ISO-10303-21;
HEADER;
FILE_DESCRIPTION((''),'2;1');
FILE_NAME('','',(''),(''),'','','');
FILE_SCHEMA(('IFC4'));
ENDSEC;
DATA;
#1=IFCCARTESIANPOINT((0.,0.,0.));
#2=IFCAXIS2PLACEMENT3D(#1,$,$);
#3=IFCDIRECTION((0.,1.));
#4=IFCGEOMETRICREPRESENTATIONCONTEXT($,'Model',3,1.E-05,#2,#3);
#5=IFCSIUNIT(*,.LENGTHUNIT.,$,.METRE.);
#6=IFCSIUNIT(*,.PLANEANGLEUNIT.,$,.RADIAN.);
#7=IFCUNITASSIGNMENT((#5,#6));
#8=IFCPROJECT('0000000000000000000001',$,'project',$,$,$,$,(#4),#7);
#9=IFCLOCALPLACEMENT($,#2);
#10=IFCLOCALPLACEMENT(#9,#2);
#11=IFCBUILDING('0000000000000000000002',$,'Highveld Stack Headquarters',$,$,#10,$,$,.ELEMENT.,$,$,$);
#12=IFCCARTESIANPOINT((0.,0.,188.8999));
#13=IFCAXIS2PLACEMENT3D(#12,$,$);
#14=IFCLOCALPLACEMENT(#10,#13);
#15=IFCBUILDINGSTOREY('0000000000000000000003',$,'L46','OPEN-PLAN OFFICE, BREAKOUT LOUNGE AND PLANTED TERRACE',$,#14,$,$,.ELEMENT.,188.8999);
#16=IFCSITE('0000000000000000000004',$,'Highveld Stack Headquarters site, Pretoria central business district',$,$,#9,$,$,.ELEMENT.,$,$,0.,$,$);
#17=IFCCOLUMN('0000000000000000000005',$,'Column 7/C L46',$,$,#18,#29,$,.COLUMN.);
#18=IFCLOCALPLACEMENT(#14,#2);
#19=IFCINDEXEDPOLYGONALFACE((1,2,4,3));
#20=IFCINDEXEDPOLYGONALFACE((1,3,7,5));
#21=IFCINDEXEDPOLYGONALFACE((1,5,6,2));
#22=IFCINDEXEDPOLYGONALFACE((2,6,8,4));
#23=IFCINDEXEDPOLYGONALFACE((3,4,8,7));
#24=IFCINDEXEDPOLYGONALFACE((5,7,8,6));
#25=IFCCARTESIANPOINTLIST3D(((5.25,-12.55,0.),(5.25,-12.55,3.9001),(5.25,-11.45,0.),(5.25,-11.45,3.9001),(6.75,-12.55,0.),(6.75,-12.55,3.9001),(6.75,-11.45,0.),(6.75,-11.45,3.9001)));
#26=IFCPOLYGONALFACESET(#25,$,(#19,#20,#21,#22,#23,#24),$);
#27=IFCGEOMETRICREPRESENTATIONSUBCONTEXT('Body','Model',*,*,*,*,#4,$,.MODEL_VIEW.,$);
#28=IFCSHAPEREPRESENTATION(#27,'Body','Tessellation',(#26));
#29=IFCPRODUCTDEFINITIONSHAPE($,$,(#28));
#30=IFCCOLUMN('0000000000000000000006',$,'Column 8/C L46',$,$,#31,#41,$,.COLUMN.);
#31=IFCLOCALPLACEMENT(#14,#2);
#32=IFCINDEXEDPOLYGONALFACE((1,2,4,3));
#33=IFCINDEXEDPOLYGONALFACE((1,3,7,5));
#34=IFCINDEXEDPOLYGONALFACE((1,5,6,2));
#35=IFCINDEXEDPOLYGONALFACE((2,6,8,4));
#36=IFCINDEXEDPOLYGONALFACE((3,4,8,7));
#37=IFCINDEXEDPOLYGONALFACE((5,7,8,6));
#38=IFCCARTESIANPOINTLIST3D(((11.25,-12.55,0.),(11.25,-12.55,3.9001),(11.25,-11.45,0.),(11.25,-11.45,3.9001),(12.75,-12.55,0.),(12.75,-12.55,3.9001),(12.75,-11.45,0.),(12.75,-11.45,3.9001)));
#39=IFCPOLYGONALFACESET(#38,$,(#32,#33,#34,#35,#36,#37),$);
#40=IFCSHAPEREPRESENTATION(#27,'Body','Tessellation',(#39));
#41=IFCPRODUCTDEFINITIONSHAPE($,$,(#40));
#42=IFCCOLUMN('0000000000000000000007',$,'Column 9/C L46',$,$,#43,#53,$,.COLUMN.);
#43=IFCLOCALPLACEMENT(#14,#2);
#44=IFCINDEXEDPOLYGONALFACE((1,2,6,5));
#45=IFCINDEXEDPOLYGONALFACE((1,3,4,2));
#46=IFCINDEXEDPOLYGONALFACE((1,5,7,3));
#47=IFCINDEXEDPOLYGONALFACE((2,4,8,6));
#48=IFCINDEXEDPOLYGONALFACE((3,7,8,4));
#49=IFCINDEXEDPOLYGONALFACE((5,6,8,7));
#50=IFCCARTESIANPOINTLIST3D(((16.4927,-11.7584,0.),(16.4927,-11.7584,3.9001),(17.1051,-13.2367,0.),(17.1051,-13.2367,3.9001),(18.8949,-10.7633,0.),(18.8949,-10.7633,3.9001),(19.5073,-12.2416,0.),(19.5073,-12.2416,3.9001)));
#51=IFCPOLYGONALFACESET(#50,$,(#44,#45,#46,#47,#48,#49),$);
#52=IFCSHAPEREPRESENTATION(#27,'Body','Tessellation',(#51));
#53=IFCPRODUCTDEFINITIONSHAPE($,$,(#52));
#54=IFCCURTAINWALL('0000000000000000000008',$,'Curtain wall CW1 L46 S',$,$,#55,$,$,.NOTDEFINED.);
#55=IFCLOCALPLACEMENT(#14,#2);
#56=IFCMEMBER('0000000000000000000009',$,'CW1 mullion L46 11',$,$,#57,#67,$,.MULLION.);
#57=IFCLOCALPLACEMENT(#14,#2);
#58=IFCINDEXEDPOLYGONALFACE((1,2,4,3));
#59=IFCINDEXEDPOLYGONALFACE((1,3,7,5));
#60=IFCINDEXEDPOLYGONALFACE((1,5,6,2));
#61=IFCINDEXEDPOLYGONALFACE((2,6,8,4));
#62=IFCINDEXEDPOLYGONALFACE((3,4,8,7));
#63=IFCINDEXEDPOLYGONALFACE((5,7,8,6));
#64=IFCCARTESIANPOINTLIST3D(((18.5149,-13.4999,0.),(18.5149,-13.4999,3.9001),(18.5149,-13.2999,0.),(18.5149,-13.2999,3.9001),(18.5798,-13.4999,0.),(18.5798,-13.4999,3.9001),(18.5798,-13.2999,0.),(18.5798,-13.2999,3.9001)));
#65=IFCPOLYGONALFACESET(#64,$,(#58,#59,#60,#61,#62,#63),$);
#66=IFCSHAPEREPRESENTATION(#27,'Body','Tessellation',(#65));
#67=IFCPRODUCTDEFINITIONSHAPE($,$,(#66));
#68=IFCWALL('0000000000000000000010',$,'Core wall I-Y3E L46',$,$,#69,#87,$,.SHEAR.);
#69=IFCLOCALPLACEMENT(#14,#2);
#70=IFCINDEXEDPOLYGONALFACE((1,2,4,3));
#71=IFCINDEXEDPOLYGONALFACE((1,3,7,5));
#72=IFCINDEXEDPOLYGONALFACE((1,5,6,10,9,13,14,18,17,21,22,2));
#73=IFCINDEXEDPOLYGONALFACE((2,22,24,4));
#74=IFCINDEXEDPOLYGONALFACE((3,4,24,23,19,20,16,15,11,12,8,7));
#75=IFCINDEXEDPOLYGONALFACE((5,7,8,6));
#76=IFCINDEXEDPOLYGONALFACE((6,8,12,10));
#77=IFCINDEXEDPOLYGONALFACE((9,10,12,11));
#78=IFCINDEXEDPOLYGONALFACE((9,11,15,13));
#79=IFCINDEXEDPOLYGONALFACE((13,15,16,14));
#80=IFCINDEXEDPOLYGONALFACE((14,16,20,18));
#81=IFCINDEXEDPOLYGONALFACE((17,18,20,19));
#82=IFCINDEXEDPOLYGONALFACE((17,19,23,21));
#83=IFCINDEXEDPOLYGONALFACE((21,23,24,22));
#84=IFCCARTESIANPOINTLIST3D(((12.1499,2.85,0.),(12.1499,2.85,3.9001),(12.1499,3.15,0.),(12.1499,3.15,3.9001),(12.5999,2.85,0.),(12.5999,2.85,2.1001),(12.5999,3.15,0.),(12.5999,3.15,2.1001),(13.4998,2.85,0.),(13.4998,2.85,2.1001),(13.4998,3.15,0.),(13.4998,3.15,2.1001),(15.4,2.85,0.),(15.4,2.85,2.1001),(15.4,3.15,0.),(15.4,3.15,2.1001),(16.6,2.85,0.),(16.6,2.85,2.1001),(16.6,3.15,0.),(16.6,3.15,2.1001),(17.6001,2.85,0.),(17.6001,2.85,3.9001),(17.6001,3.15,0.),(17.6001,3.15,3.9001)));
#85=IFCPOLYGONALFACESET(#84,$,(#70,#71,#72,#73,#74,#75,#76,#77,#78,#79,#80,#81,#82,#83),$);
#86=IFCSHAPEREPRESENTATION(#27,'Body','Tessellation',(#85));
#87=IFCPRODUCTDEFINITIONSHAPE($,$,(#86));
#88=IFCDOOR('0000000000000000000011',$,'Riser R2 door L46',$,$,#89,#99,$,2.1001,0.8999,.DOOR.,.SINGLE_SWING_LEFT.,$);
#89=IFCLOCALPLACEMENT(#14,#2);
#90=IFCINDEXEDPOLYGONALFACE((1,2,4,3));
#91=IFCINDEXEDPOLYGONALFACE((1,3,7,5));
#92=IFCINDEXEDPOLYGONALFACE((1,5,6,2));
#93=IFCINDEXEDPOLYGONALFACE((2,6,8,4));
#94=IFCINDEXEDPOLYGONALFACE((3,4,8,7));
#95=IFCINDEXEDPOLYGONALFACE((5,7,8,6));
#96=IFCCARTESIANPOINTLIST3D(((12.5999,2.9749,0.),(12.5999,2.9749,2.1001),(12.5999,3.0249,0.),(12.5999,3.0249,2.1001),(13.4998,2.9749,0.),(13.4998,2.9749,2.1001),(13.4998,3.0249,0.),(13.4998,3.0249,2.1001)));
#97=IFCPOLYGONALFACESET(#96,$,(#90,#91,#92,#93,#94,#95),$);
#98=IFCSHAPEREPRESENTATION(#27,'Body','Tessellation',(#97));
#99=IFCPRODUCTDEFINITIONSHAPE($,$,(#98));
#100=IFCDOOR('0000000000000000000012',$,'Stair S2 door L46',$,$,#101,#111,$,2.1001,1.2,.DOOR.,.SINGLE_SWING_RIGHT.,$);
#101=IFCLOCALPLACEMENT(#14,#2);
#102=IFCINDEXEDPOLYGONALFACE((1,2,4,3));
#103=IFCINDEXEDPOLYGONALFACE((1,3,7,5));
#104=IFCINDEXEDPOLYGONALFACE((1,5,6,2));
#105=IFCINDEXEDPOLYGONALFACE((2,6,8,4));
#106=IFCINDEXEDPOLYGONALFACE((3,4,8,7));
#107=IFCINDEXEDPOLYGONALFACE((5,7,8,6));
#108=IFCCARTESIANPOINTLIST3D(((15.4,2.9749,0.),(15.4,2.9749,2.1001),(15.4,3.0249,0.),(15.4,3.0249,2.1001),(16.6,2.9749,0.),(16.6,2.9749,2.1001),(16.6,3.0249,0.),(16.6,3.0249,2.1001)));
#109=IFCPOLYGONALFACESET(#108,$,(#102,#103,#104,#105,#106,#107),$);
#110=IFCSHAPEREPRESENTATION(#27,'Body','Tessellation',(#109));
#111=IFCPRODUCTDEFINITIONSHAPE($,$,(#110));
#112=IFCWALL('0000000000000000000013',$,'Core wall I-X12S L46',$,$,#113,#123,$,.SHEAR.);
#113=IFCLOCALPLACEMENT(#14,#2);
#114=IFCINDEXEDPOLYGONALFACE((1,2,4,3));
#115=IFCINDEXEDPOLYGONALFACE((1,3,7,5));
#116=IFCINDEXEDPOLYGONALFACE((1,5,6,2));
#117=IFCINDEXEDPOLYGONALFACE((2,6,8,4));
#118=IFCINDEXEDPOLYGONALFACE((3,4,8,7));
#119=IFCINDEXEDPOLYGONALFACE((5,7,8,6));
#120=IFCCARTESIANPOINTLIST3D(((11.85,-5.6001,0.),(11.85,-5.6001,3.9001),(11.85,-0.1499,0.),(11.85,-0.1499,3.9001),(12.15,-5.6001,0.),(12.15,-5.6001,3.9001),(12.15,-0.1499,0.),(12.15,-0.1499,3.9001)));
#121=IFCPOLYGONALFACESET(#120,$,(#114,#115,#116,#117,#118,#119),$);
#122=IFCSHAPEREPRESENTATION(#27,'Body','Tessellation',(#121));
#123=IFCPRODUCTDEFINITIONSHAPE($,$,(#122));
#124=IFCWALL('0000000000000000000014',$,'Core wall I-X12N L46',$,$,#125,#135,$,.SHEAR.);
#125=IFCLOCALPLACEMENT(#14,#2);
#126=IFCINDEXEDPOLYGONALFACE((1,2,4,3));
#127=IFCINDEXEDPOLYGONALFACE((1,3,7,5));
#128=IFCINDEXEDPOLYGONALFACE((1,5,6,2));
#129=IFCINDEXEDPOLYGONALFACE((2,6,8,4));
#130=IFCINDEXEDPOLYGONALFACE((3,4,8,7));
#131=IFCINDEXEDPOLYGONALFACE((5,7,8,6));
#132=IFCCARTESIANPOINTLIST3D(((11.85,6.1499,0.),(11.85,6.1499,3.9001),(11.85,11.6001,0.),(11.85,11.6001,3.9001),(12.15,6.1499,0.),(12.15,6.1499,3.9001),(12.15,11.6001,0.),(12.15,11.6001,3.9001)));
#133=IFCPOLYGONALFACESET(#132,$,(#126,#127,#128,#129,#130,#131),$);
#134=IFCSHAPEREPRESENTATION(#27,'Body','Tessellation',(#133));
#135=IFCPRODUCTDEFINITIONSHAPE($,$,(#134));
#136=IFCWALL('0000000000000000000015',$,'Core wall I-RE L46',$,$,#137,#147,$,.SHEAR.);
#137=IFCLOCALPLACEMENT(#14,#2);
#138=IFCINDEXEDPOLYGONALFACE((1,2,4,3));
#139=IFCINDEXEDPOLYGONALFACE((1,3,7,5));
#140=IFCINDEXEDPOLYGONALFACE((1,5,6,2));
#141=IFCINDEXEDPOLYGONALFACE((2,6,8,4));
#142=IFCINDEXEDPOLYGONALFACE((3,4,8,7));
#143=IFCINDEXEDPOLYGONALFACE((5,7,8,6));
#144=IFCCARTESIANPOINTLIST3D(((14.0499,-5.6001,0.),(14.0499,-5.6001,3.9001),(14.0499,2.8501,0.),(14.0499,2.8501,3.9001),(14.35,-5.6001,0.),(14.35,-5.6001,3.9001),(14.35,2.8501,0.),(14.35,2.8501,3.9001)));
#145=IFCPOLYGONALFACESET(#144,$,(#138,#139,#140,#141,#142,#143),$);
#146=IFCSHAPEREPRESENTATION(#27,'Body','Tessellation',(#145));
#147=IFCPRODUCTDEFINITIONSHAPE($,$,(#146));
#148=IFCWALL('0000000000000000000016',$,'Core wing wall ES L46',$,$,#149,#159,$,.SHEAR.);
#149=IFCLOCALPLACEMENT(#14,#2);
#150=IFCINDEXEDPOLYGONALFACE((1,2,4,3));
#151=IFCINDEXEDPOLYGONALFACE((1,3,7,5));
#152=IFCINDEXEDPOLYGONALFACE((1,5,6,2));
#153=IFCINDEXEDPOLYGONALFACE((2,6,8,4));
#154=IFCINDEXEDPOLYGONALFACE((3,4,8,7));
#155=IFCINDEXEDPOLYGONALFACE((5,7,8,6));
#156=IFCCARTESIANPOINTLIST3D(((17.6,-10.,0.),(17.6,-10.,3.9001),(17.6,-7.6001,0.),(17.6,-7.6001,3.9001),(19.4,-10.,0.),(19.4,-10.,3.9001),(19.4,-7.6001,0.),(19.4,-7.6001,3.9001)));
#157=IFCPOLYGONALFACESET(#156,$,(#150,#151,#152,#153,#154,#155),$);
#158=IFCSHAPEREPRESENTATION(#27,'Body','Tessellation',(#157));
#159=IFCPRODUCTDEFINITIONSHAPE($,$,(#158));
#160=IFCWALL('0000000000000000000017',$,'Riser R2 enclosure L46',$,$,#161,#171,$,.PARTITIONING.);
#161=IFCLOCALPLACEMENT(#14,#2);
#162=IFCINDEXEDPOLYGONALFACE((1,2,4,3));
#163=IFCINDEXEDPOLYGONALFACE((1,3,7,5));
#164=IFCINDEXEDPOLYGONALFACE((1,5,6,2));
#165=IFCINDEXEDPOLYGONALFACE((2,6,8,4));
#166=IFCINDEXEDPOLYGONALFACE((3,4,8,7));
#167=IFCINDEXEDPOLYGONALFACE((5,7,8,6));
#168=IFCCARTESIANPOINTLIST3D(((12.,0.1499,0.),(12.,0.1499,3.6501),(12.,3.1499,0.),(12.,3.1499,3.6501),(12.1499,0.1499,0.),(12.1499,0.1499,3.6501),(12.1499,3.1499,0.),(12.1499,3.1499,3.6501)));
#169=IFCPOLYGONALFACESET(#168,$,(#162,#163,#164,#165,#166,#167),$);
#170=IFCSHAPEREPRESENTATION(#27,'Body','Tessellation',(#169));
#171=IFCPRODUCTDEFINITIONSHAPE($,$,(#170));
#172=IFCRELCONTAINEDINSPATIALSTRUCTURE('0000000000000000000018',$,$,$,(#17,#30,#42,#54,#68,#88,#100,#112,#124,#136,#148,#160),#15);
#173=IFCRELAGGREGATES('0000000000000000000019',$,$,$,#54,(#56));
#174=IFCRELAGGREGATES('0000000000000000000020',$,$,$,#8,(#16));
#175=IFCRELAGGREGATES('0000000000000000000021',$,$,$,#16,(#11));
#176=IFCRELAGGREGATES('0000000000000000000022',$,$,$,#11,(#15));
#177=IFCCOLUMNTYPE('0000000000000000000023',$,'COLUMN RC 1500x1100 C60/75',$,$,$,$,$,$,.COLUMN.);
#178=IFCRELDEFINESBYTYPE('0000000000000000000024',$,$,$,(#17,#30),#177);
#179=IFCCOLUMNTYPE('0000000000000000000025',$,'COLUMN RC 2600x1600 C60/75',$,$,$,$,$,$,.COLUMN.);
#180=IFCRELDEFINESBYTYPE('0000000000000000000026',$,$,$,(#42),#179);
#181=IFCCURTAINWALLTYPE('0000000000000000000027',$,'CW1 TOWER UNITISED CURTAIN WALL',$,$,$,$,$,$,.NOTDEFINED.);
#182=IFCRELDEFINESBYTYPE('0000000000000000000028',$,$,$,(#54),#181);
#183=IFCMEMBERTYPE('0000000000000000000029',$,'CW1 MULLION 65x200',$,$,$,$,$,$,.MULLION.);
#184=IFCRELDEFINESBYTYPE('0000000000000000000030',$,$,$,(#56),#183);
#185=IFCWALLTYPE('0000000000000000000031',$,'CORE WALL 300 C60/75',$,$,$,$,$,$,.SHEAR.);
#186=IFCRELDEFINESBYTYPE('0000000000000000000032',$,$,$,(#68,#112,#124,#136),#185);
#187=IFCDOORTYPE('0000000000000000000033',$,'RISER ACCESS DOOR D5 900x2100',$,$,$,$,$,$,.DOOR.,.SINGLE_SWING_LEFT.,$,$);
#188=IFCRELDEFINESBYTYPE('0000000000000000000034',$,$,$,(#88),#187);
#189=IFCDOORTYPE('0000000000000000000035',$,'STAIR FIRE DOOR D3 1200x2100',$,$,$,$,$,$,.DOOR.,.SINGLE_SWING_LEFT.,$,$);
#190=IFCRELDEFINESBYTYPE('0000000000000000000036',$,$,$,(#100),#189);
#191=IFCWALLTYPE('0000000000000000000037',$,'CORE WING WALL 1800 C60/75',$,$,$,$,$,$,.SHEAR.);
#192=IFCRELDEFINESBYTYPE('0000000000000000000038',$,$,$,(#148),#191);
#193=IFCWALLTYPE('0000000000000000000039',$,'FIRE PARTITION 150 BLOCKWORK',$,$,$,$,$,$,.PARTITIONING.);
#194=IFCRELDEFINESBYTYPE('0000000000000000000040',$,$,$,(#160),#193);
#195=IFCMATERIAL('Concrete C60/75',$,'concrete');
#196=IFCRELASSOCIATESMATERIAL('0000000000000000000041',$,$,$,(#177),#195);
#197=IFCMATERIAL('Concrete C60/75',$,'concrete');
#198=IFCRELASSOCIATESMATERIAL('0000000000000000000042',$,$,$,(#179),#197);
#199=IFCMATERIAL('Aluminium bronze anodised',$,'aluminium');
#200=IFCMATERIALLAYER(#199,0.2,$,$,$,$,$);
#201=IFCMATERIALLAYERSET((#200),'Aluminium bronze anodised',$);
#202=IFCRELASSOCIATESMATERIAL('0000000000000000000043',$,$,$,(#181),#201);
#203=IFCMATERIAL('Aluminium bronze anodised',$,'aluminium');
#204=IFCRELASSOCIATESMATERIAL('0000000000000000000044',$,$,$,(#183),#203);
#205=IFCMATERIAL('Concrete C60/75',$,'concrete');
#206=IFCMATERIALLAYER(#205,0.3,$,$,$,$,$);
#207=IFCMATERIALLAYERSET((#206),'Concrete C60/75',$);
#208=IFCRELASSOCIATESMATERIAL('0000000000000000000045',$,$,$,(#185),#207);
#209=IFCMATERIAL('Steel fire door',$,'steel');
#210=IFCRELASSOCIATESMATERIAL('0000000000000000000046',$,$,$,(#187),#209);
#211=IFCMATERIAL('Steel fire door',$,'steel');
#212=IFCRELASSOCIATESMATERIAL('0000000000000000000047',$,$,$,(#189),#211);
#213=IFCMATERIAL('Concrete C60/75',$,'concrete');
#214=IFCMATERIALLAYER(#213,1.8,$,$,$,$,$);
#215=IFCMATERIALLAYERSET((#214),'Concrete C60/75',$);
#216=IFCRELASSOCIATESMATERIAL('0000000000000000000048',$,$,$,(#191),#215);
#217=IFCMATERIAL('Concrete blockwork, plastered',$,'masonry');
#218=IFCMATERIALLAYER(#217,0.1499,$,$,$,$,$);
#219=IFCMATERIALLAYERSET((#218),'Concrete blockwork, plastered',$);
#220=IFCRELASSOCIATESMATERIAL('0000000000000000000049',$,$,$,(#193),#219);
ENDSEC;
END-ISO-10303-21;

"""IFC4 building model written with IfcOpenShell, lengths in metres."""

from ifc_helpers import new_model, si_unit, direction, frame, frame_2d, origin, origin_2d, place, context, subcontext, project, spatial, rectangle, extrude, material, layer, layer_set, material_profile, profile_set, type_object, element, fill, aggregate, save


model = new_model("IFC4")

# Units and contexts
model_context = context("Model", 3, precision=1e-05, world=origin(), true_north=direction((0.0, 1.0)))
body_context = subcontext(model_context, "Body", "Model", "MODEL_VIEW")
ifc_project = project(units=[si_unit("LENGTHUNIT", "METRE"), si_unit("PLANEANGLEUNIT", "RADIAN")], contexts=[model_context])

# Site, building, storey
site_placement = place(None, origin())
site = spatial("IfcSite", under=ifc_project, at=site_placement, Name="Highveld Stack Headquarters site, Pretoria central business district", CompositionType="ELEMENT", RefElevation=0.0)
building_placement = place(site_placement, origin())
building = spatial("IfcBuilding", under=site, at=building_placement, Name="Highveld Stack Headquarters", CompositionType="ELEMENT")
storey_placement = place(building_placement, frame((0.0, 0.0, 188.8999)))
storey = spatial("IfcBuildingStorey", under=building, at=storey_placement, Name="L46", Description="OPEN-PLAN OFFICE, BREAKOUT LOUNGE AND PLANTED TERRACE", CompositionType="ELEMENT", Elevation=188.8999)

# Columns
ifc_material_1 = material(Name="Concrete C60/75", Category="concrete")
ifc_material_profile_1 = material_profile(ifc_material_1, rectangle(XDim=1.5, YDim=1.1001, at=origin_2d()), Name="RC 1500x1100")
ifc_profile_set_1 = profile_set([ifc_material_profile_1], Name="Concrete C60/75")
column_type_1 = type_object("IfcColumnType", Name="COLUMN RC 1500x1100 C60/75", PredefinedType="COLUMN", material=ifc_profile_set_1)
for number, where, z_axis, x_axis, name in (
    (1, (6.0, -12.0, 0.0), (0.0, 0.0, 1.0), (1.0, 0.0, 0.0), "Column 7/C L46"),
    (2, (12.0, -12.0, 0.0), (0.0, 0.0, 1.0), (1.0, 0.0, 0.0), "Column 8/C L46"),
):
    element("IfcColumn", number, at=place(storey_placement, frame(where, z_axis=z_axis, x_axis=x_axis)), inside=storey, type_object=column_type_1, Name=name, PredefinedType="COLUMN", context=body_context, shape_type="SweptSolid", body=[
        extrude(rectangle(XDim=1.5, YDim=1.1001, at=origin_2d()), origin(), (0.0, 0.0, 1.0), 3.9001),
    ])
ifc_material_2 = material(Name="Concrete C60/75", Category="concrete")
ifc_material_profile_2 = material_profile(ifc_material_2, rectangle(XDim=2.6001, YDim=1.6001, at=origin_2d()), Name="RC 2600x1600")
ifc_profile_set_2 = profile_set([ifc_material_profile_2], Name="Concrete C60/75")
column_type_2 = type_object("IfcColumnType", Name="COLUMN RC 2600x1600 C60/75", PredefinedType="COLUMN", material=ifc_profile_set_2)
column_placement = place(storey_placement, frame((18.0, -12.0, 0.0), z_axis=(0.0, 0.0, 1.0), x_axis=(-0.92388, -0.382683, 0.0)))
element("IfcColumn", 3, at=column_placement, inside=storey, type_object=column_type_2, Name="Column 9/C L46", PredefinedType="COLUMN", context=body_context, shape_type="SweptSolid", body=[
    extrude(rectangle(XDim=2.6001, YDim=1.6001, at=origin_2d()), origin(), (0.0, 0.0, 1.0), 3.9001),
])

# Curtain wall, member
ifc_material_3 = material(Name="Aluminium bronze anodised", Category="aluminium")
ifc_layer_1 = layer(ifc_material_3, 0.2)
ifc_layer_set_1 = layer_set([ifc_layer_1], Name="Aluminium bronze anodised")
curtain_wall_type = type_object("IfcCurtainWallType", Name="CW1 TOWER UNITISED CURTAIN WALL", PredefinedType="NOTDEFINED", material=ifc_layer_set_1)
curtain_wall_placement = place(storey_placement, origin())
curtain_wall = element("IfcCurtainWall", 4, at=curtain_wall_placement, inside=storey, type_object=curtain_wall_type, Name="Curtain wall CW1 L46 S", PredefinedType="NOTDEFINED")
ifc_material_4 = material(Name="Aluminium bronze anodised", Category="aluminium")
ifc_material_profile_3 = material_profile(ifc_material_4, rectangle(XDim=0.2, YDim=0.0649, at=origin_2d()), Name="CW1 MULLION 65x200")
ifc_profile_set_3 = profile_set([ifc_material_profile_3], Name="Aluminium bronze anodised")
member_type = type_object("IfcMemberType", Name="CW1 MULLION 65x200", PredefinedType="MULLION", material=ifc_profile_set_3)
member_placement = place(storey_placement, frame((18.5474, -13.3999, 0.0), z_axis=(0.0, 0.0, 1.0), x_axis=(0.0, 1.0, 0.0)))
member = element("IfcMember", 5, at=member_placement, type_object=member_type, Name="CW1 mullion L46 11", PredefinedType="MULLION", context=body_context, shape_type="SweptSolid", body=[
    extrude(rectangle(XDim=0.2, YDim=0.0649, at=origin_2d()), origin(), (0.0, 0.0, 1.0), 3.9001),
])
aggregate(curtain_wall, [member])

# Wall, openings, doors
ifc_material_5 = material(Name="Concrete C60/75", Category="concrete")
ifc_layer_2 = layer(ifc_material_5, 0.3)
ifc_layer_set_2 = layer_set([ifc_layer_2], Name="Concrete C60/75")
wall_type_1 = type_object("IfcWallType", Name="CORE WALL 300 C60/75", PredefinedType="SHEAR", material=ifc_layer_set_2)
wall_1_placement = place(storey_placement, frame((12.1499, 3.0, 0.0), z_axis=(0.0, 0.0, 1.0), x_axis=(1.0, 0.0, 0.0)))
wall_1 = element("IfcWall", 6, at=wall_1_placement, inside=storey, type_object=wall_type_1, Name="Core wall I-Y3E L46", PredefinedType="SHEAR", context=body_context, shape_type="SweptSolid", body=[
    extrude(rectangle(XDim=5.4502, YDim=0.3, at=frame_2d((2.7251, 0.0))), origin(), (0.0, 0.0, 1.0), 3.9001),
])
opening_1_placement = place(wall_1_placement, frame((3.25, 0.0, 0.0)))
opening_1 = element("IfcOpeningElement", 7, at=opening_1_placement, cuts=wall_1, PredefinedType="OPENING", context=body_context, shape_type="SweptSolid", body=[
    extrude(rectangle(XDim=1.2, YDim=2.1001, at=frame_2d((0.6001, 1.05))), frame((0.0, 0.1599, 0.0), z_axis=(0.0, -1.0, 0.0), x_axis=(1.0, 0.0, 0.0)), (0.0, 0.0, 1.0), 0.3201),
])
opening_2_placement = place(wall_1_placement, frame((0.45, 0.0, 0.0)))
opening_2 = element("IfcOpeningElement", 8, at=opening_2_placement, cuts=wall_1, PredefinedType="OPENING", context=body_context, shape_type="SweptSolid", body=[
    extrude(rectangle(XDim=0.8999, YDim=2.1001, at=frame_2d((0.45, 1.05))), frame((0.0, 0.1599, 0.0), z_axis=(0.0, -1.0, 0.0), x_axis=(1.0, 0.0, 0.0)), (0.0, 0.0, 1.0), 0.3201),
])
ifc_material_6 = material(Name="Steel fire door", Category="steel")
door_type_1 = type_object("IfcDoorType", Name="RISER ACCESS DOOR D5 900x2100", OperationType="SINGLE_SWING_LEFT", PredefinedType="DOOR", material=ifc_material_6)
door_1_placement = place(opening_2_placement, origin())
door_1 = element("IfcDoor", 9, at=door_1_placement, inside=storey, type_object=door_type_1, Name="Riser R2 door L46", OperationType="SINGLE_SWING_LEFT", OverallHeight=2.1001, OverallWidth=0.8999, PredefinedType="DOOR", context=body_context, shape_type="SweptSolid", body=[
    extrude(rectangle(XDim=0.8999, YDim=2.1001, at=frame_2d((0.45, 1.05))), frame((0.0, 0.0249, 0.0), z_axis=(0.0, -1.0, 0.0), x_axis=(1.0, 0.0, 0.0)), (0.0, 0.0, 1.0), 0.05),
])
fill(opening_2, door_1)
ifc_material_7 = material(Name="Steel fire door", Category="steel")
door_type_2 = type_object("IfcDoorType", Name="STAIR FIRE DOOR D3 1200x2100", OperationType="SINGLE_SWING_LEFT", PredefinedType="DOOR", material=ifc_material_7)
door_2_placement = place(opening_1_placement, origin())
door_2 = element("IfcDoor", 10, at=door_2_placement, inside=storey, type_object=door_type_2, Name="Stair S2 door L46", OperationType="SINGLE_SWING_RIGHT", OverallHeight=2.1001, OverallWidth=1.2, PredefinedType="DOOR", context=body_context, shape_type="SweptSolid", body=[
    extrude(rectangle(XDim=1.2, YDim=2.1001, at=frame_2d((0.6001, 1.05))), frame((0.0, 0.0249, 0.0), z_axis=(0.0, -1.0, 0.0), x_axis=(1.0, 0.0, 0.0)), (0.0, 0.0, 1.0), 0.05),
])
fill(opening_1, door_2)

# Walls
for number, where, z_axis, x_axis, name in (
    (11, (12.0, -5.6001, 0.0), (0.0, 0.0, 1.0), (0.0, 1.0, 0.0), "Core wall I-X12S L46"),
    (12, (12.0, 6.1499, 0.0), (0.0, 0.0, 1.0), (0.0, 1.0, 0.0), "Core wall I-X12N L46"),
):
    element("IfcWall", number, at=place(storey_placement, frame(where, z_axis=z_axis, x_axis=x_axis)), inside=storey, type_object=wall_type_1, Name=name, PredefinedType="SHEAR", context=body_context, shape_type="SweptSolid", body=[
        extrude(rectangle(XDim=5.4502, YDim=0.3, at=frame_2d((2.7251, 0.0))), origin(), (0.0, 0.0, 1.0), 3.9001),
    ])
wall_2_placement = place(storey_placement, frame((14.2, -5.6001, 0.0), z_axis=(0.0, 0.0, 1.0), x_axis=(0.0, 1.0, 0.0)))
element("IfcWall", 13, at=wall_2_placement, inside=storey, type_object=wall_type_1, Name="Core wall I-RE L46", PredefinedType="SHEAR", context=body_context, shape_type="SweptSolid", body=[
    extrude(rectangle(XDim=8.4502, YDim=0.3, at=frame_2d((4.2251, 0.0))), origin(), (0.0, 0.0, 1.0), 3.9001),
])
ifc_material_8 = material(Name="Concrete C60/75", Category="concrete")
ifc_layer_3 = layer(ifc_material_8, 1.8)
ifc_layer_set_3 = layer_set([ifc_layer_3], Name="Concrete C60/75")
wall_type_2 = type_object("IfcWallType", Name="CORE WING WALL 1800 C60/75", PredefinedType="SHEAR", material=ifc_layer_set_3)
wall_3_placement = place(storey_placement, frame((18.5, -10.0, 0.0), z_axis=(0.0, 0.0, 1.0), x_axis=(0.0, 1.0, 0.0)))
element("IfcWall", 14, at=wall_3_placement, inside=storey, type_object=wall_type_2, Name="Core wing wall ES L46", PredefinedType="SHEAR", context=body_context, shape_type="SweptSolid", body=[
    extrude(rectangle(XDim=2.3999, YDim=1.8, at=frame_2d((1.2, 0.0))), origin(), (0.0, 0.0, 1.0), 3.9001),
])
ifc_material_9 = material(Name="Concrete blockwork, plastered", Category="masonry")
ifc_layer_4 = layer(ifc_material_9, 0.1499)
ifc_layer_set_4 = layer_set([ifc_layer_4], Name="Concrete blockwork, plastered")
wall_type_3 = type_object("IfcWallType", Name="FIRE PARTITION 150 BLOCKWORK", PredefinedType="PARTITIONING", material=ifc_layer_set_4)
wall_4_placement = place(storey_placement, frame((12.075, 0.1499, 0.0), z_axis=(0.0, 0.0, 1.0), x_axis=(0.0, 1.0, 0.0)))
element("IfcWall", 15, at=wall_4_placement, inside=storey, type_object=wall_type_3, Name="Riser R2 enclosure L46", PredefinedType="PARTITIONING", context=body_context, shape_type="SweptSolid", body=[
    extrude(rectangle(XDim=3.0, YDim=0.1499, at=frame_2d((1.5, 0.0))), origin(), (0.0, 0.0, 1.0), 3.6501),
])

save(model, "model.ifc")
